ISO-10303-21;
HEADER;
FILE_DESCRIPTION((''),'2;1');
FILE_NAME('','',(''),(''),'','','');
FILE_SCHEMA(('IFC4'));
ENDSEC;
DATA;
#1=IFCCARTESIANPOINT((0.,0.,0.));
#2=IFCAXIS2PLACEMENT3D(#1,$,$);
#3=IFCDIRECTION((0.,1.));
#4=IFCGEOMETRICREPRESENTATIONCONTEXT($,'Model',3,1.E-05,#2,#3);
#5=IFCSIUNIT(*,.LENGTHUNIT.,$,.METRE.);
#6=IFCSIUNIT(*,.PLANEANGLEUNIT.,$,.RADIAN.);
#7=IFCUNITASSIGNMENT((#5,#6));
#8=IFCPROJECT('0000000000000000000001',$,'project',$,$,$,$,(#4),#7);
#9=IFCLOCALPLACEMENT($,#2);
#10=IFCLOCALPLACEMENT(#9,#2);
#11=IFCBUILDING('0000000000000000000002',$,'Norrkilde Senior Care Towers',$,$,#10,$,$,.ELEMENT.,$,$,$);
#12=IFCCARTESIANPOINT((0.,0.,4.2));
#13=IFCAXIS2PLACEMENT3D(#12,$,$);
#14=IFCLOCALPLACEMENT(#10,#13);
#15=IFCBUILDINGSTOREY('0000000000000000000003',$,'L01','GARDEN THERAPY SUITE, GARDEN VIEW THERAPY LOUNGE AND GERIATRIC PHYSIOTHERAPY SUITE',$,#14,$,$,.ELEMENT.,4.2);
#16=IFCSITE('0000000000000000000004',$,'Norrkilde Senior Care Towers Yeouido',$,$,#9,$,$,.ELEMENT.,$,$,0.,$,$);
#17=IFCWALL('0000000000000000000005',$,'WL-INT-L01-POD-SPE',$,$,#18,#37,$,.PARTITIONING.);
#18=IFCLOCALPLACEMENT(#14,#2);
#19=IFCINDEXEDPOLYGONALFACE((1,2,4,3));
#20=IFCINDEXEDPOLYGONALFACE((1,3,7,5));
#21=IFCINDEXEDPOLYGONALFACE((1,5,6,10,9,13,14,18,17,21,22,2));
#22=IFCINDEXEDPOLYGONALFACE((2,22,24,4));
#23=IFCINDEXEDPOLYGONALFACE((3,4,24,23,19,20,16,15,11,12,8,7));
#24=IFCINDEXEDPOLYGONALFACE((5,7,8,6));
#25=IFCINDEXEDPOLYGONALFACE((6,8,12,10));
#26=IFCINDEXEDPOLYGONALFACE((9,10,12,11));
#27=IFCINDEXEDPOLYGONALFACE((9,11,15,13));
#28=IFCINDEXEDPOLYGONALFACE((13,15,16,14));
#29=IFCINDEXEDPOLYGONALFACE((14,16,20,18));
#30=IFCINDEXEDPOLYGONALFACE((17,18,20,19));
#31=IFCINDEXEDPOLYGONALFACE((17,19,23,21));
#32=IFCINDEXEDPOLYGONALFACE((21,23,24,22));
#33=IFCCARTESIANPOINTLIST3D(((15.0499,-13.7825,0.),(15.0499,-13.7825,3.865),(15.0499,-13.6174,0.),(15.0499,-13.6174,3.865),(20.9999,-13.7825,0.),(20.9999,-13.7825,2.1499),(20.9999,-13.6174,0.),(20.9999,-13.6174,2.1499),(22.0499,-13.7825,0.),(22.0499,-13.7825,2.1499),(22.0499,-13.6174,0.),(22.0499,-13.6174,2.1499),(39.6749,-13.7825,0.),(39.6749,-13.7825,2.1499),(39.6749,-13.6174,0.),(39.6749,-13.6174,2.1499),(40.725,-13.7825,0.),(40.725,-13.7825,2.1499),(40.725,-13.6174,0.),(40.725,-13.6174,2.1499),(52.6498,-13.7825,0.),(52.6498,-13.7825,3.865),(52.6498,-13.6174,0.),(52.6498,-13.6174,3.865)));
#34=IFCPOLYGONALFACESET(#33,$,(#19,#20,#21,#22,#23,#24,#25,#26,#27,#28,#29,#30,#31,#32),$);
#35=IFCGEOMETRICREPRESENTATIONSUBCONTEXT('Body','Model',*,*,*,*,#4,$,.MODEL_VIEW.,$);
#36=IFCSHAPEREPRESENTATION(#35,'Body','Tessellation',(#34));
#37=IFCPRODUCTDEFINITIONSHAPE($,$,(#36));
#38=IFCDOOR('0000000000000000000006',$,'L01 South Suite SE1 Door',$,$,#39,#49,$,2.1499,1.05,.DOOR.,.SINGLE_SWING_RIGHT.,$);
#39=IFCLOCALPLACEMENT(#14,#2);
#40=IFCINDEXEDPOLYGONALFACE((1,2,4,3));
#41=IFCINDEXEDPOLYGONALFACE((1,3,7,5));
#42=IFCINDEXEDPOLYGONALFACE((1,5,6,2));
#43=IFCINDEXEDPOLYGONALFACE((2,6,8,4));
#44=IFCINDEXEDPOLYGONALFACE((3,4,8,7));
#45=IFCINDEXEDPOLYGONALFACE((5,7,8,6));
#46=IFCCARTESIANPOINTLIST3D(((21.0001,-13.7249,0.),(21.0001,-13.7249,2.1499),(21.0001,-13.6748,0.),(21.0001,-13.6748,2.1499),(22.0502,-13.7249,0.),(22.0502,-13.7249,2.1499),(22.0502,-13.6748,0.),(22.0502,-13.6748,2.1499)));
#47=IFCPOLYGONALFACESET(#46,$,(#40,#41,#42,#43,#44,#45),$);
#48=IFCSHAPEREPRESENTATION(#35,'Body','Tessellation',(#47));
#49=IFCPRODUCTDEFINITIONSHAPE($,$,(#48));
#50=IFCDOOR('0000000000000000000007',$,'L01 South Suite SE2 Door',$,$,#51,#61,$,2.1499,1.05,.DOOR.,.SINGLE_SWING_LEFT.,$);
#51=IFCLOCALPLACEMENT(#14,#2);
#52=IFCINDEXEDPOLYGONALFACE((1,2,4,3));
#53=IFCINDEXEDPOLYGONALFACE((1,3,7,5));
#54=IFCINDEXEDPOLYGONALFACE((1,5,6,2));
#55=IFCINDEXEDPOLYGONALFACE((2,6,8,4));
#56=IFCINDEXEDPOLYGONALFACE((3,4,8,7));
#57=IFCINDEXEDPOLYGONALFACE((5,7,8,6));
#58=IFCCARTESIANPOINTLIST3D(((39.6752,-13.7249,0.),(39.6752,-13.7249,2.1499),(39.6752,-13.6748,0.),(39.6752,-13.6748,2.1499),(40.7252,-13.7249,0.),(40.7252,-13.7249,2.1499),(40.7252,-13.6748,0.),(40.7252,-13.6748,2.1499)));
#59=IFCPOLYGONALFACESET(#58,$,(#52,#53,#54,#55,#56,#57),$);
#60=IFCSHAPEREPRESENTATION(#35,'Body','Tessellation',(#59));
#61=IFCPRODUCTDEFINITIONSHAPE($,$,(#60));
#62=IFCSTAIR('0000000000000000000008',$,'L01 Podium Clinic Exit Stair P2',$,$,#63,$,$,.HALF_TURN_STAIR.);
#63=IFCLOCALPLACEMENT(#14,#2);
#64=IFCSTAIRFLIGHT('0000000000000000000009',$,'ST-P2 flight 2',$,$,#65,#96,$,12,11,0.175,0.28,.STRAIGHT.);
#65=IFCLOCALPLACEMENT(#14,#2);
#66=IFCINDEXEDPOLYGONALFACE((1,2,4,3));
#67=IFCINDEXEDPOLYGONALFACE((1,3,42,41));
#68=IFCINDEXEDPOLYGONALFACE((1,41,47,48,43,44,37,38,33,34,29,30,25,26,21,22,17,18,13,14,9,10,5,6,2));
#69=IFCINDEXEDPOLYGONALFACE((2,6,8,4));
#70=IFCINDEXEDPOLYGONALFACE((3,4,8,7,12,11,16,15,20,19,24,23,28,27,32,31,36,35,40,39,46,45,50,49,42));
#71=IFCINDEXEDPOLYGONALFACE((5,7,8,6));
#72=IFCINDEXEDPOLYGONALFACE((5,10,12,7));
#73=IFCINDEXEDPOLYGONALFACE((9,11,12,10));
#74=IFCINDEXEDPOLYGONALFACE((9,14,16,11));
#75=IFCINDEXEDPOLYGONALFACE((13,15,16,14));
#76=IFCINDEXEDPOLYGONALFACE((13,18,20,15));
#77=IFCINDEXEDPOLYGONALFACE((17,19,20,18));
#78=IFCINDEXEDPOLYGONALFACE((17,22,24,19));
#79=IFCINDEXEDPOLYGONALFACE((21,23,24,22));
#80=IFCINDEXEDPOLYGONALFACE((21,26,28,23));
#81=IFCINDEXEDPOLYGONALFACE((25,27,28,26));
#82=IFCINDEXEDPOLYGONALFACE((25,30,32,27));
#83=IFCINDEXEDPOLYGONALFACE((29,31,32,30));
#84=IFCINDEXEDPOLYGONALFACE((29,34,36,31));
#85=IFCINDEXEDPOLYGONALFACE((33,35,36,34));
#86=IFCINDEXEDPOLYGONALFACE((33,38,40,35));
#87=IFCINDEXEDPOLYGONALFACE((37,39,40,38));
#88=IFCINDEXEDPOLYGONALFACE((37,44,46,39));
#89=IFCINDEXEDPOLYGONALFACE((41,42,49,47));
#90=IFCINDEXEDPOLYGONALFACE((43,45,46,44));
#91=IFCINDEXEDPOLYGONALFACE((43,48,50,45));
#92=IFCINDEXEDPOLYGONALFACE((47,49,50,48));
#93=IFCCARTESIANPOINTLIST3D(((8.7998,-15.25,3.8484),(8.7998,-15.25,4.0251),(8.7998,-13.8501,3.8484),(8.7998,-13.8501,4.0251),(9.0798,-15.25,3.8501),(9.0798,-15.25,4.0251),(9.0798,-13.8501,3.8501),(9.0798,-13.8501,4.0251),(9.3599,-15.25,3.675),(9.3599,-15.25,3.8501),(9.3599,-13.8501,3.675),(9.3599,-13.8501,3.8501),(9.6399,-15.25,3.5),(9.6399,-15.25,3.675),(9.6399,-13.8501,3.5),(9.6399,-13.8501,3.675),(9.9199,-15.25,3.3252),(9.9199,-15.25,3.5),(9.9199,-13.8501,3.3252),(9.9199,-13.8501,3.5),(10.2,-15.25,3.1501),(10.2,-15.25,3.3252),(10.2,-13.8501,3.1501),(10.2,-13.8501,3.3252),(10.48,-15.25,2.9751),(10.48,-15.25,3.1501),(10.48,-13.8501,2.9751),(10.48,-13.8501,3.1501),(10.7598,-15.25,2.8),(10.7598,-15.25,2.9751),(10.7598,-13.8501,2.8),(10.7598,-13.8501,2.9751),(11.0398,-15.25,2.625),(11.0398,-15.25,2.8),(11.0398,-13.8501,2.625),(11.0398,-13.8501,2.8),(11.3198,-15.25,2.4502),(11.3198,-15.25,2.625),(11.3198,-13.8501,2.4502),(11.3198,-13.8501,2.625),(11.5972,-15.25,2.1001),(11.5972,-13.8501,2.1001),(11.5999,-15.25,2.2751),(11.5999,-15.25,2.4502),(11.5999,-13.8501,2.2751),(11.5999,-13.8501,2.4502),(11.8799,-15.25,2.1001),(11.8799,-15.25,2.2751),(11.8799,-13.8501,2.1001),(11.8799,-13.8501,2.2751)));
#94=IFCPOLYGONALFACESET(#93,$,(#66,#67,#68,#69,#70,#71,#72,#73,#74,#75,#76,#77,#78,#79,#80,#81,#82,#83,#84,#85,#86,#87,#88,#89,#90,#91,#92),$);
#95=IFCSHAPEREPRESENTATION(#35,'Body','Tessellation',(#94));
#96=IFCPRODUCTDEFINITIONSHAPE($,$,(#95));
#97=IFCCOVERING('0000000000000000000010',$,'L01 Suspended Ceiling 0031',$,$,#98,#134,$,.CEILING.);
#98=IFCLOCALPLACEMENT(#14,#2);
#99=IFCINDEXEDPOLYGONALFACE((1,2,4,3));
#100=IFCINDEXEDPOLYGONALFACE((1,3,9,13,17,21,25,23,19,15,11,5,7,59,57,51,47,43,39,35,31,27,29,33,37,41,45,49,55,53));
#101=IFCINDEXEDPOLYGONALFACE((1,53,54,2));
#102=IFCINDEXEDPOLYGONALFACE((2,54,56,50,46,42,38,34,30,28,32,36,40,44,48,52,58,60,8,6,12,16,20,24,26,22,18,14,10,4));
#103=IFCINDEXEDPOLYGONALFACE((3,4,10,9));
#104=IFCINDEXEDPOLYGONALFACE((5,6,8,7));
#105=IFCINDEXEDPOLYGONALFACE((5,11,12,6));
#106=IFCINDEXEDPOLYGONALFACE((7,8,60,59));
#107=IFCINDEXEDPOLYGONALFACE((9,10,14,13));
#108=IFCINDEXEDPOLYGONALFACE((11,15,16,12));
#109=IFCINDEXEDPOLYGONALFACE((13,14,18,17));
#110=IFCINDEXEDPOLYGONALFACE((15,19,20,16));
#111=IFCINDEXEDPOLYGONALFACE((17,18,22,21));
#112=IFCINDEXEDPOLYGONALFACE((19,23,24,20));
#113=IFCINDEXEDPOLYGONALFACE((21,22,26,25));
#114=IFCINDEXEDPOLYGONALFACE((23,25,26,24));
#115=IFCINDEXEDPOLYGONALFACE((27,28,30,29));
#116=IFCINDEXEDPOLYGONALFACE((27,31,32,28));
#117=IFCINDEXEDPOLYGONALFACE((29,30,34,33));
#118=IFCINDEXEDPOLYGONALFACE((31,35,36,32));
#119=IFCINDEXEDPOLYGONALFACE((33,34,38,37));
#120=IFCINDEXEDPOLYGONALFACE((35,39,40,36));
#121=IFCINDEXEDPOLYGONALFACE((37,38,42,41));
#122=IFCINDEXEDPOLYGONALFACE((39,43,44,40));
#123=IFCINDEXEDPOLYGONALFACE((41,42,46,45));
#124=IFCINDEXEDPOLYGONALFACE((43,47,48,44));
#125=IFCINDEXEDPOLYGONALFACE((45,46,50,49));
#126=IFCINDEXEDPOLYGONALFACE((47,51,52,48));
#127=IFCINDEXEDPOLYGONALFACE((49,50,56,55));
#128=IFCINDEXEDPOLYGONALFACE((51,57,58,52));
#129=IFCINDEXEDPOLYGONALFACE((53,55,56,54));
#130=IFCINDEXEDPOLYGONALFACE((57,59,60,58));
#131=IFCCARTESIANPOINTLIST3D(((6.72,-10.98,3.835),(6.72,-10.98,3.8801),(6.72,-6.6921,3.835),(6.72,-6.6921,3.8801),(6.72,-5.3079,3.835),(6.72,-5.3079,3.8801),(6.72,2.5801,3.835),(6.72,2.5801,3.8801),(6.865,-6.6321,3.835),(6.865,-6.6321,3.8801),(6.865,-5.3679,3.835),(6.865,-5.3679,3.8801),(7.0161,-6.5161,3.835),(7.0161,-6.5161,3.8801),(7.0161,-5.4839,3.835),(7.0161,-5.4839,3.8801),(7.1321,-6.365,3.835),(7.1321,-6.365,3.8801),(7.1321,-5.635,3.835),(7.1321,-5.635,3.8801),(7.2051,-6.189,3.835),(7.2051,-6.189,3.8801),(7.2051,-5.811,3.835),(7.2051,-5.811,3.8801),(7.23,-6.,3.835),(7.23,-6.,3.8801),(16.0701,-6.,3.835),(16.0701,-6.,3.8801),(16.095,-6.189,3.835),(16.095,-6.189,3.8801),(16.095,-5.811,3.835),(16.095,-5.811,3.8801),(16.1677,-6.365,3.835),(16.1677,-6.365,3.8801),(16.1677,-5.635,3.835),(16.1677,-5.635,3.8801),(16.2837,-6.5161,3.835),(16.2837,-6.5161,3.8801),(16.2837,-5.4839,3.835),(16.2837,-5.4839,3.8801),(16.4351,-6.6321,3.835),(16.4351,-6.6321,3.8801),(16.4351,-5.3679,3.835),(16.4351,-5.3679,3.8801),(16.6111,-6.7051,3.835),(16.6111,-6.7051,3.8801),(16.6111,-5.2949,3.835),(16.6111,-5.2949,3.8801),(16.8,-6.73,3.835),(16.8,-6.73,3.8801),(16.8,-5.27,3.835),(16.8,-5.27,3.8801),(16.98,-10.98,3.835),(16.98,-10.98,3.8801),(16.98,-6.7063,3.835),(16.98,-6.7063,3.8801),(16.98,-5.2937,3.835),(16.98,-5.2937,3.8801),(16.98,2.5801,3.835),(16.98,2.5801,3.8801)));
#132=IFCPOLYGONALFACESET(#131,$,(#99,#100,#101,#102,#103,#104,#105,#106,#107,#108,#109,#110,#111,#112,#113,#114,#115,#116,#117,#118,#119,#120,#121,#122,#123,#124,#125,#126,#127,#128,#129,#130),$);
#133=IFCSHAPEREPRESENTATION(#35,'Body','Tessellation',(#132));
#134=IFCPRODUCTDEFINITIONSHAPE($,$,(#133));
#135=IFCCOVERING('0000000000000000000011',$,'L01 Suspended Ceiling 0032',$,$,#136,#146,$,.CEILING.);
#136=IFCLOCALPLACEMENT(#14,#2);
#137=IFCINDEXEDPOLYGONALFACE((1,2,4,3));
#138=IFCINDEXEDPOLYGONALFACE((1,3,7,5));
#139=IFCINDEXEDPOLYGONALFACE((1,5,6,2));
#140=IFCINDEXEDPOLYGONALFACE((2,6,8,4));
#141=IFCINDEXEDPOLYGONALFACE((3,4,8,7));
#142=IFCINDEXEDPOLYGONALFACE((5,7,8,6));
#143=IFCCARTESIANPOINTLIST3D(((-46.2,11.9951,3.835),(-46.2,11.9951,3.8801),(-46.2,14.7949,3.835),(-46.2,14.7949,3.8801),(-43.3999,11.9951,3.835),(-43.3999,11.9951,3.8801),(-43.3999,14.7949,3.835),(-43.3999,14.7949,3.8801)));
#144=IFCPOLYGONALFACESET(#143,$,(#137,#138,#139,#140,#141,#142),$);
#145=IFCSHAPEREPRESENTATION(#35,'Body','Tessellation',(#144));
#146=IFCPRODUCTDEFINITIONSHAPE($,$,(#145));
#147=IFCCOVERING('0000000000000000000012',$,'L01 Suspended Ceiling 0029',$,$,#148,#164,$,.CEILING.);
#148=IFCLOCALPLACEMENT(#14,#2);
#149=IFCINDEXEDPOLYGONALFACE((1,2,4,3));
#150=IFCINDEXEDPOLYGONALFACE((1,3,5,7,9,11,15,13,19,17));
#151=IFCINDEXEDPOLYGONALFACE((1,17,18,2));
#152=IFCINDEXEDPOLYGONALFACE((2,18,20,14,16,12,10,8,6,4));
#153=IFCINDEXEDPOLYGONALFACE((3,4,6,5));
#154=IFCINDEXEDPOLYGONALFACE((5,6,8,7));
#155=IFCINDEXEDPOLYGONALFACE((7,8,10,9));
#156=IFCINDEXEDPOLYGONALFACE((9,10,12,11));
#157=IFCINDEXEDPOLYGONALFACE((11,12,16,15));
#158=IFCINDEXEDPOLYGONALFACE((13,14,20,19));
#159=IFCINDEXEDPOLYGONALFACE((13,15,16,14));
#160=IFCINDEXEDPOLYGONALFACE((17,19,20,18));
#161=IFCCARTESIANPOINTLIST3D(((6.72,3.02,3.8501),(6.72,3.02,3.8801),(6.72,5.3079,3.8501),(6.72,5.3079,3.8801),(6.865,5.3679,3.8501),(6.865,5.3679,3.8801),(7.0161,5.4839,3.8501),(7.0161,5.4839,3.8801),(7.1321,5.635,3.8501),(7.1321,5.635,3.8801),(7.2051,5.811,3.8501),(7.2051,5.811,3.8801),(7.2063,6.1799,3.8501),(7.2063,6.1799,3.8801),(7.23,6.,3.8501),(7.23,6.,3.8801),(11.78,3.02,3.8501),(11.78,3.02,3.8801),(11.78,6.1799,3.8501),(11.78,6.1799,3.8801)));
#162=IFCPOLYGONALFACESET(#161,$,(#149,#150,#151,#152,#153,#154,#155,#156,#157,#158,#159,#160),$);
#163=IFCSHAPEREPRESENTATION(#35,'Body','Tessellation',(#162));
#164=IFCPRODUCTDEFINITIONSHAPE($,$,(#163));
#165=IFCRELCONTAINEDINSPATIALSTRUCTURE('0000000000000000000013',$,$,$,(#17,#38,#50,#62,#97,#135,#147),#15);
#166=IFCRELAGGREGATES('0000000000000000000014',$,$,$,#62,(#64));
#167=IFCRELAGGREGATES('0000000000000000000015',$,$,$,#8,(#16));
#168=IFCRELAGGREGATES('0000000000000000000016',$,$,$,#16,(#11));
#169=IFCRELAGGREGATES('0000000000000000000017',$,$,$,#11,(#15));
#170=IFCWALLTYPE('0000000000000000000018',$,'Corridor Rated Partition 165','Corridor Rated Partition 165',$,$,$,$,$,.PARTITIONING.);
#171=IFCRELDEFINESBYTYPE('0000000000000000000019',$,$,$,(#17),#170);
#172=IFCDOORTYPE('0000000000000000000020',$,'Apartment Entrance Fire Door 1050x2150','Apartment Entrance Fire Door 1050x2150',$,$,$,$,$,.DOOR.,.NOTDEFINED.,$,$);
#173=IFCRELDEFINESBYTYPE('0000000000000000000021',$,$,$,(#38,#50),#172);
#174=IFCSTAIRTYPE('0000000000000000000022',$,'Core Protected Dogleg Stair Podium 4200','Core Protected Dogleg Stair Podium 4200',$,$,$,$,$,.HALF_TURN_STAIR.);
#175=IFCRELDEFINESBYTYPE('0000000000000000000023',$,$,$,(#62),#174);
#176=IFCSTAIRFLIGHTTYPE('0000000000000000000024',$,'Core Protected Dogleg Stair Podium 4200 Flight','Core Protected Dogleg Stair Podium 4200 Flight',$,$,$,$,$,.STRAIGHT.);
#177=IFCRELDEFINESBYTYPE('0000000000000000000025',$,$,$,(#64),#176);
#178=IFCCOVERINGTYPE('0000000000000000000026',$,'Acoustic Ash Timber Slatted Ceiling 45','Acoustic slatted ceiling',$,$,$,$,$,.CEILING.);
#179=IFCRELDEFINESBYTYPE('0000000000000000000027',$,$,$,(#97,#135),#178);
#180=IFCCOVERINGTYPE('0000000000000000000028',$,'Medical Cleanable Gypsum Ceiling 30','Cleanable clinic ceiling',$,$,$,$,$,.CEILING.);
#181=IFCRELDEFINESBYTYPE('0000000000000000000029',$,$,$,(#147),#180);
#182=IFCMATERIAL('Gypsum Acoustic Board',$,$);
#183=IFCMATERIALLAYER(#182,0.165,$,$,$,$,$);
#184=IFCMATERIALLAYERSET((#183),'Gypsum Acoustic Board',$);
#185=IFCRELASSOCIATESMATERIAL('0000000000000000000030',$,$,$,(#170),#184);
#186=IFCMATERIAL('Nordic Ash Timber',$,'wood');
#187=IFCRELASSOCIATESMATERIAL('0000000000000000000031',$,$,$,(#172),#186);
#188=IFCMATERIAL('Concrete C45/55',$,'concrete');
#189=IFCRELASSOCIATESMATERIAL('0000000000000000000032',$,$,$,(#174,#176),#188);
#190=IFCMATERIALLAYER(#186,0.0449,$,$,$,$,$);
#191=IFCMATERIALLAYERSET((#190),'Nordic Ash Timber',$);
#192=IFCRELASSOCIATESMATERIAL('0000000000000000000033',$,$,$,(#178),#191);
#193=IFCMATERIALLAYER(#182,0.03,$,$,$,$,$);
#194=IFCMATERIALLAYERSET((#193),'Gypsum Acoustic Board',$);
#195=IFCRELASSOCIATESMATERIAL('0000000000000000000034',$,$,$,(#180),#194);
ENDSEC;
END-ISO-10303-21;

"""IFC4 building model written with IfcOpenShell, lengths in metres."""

from ifc_helpers import new_model, si_unit, direction, frame, frame_2d, origin, place, context, subcontext, project, spatial, polyline, rectangle, outline, extrude, source, transform, mapped, material, layer, layer_set, type_object, type_shapes, element, fill, aggregate, save


model = new_model("IFC4")

# Units and contexts
model_context = context("Model", 3, precision=1e-05, world=origin(), true_north=direction((0.0, 1.0)))
body_context = subcontext(model_context, "Body", "Model", "MODEL_VIEW")
ifc_project = project(units=[si_unit("LENGTHUNIT", "METRE"), si_unit("PLANEANGLEUNIT", "RADIAN")], contexts=[model_context])

# Site, building, storey
site_placement = place(None, origin())
site = spatial("IfcSite", under=ifc_project, at=site_placement, Name="Norrkilde Senior Care Towers Yeouido", CompositionType="ELEMENT", RefElevation=0.0)
building_placement = place(site_placement, origin())
building = spatial("IfcBuilding", under=site, at=building_placement, Name="Norrkilde Senior Care Towers", CompositionType="ELEMENT")
storey_placement = place(building_placement, frame((0.0, 0.0, 4.2)))
storey = spatial("IfcBuildingStorey", under=building, at=storey_placement, Name="L01", Description="GARDEN THERAPY SUITE, GARDEN VIEW THERAPY LOUNGE AND GERIATRIC PHYSIOTHERAPY SUITE", CompositionType="ELEMENT", Elevation=4.2)

# Shared definitions
ifc_material_1 = material(Name="Gypsum Acoustic Board")

# Shared definitions
ifc_material_2 = material(Name="Concrete C45/55", Category="concrete")

# Wall, openings, doors
ifc_layer_1 = layer(ifc_material_1, 0.165)
ifc_layer_set_1 = layer_set([ifc_layer_1], Name="Gypsum Acoustic Board")
wall_type_1 = type_object("IfcWallType", Name="Corridor Rated Partition 165", Description="Corridor Rated Partition 165", PredefinedType="PARTITIONING", material=ifc_layer_set_1)
shared_shape_1 = source(origin(), body_context, "Body", "SweptSolid", [
    extrude(rectangle(XDim=37.5999, YDim=0.165, at=frame_2d((18.7998, 0.0))), origin(), (0.0, 0.0, 1.0), 3.865),
])
type_shapes(wall_type_1, [shared_shape_1])
wall_1_placement = place(storey_placement, frame((15.05, -13.7, 0.0), z_axis=(0.0, 0.0, 1.0), x_axis=(1.0, 0.0, 0.0)))
wall_1 = element("IfcWall", 1, at=wall_1_placement, inside=storey, type_object=wall_type_1, Name="WL-INT-L01-POD-SPE", PredefinedType="PARTITIONING", context=body_context, shape_type="MappedRepresentation", body=[
    mapped(shared_shape_1, transform((0.0, 0.0, 0.0), x_axis=(1.0, 0.0, 0.0), y_axis=(0.0, 1.0, 0.0), z_axis=(0.0, 0.0, 1.0), scale=1.0)),
])
opening_1_placement = place(wall_1_placement, frame((5.95, 0.0, 0.0)))
opening_1 = element("IfcOpeningElement", 2, at=opening_1_placement, cuts=wall_1, PredefinedType="OPENING", context=body_context, shape_type="SweptSolid", body=[
    extrude(rectangle(XDim=1.05, YDim=2.1499, at=frame_2d((0.5249, 1.075))), frame((0.0, 0.0925, 0.0), z_axis=(0.0, -1.0, 0.0), x_axis=(1.0, 0.0, 0.0)), (0.0, 0.0, 1.0), 0.1851),
])
opening_2_placement = place(wall_1_placement, frame((24.625, 0.0, 0.0)))
opening_2 = element("IfcOpeningElement", 3, at=opening_2_placement, cuts=wall_1, PredefinedType="OPENING", context=body_context, shape_type="SweptSolid", body=[
    extrude(rectangle(XDim=1.05, YDim=2.1499, at=frame_2d((0.5249, 1.075))), frame((0.0, 0.0925, 0.0), z_axis=(0.0, -1.0, 0.0), x_axis=(1.0, 0.0, 0.0)), (0.0, 0.0, 1.0), 0.1851),
])
ifc_material_3 = material(Name="Nordic Ash Timber", Category="wood")
door_type_1 = type_object("IfcDoorType", Name="Apartment Entrance Fire Door 1050x2150", Description="Apartment Entrance Fire Door 1050x2150", OperationType="NOTDEFINED", PredefinedType="DOOR", material=ifc_material_3)
shared_shape_2 = source(origin(), body_context, "Body", "SweptSolid", [
    extrude(rectangle(XDim=1.05, YDim=2.1499, at=frame_2d((0.5249, 1.075))), frame((0.0, 0.0249, 0.0), z_axis=(0.0, -1.0, 0.0), x_axis=(1.0, 0.0, 0.0)), (0.0, 0.0, 1.0), 0.05),
])
type_shapes(door_type_1, [shared_shape_2])
door_1_placement = place(opening_1_placement, frame((1.05, 0.0, 0.0), z_axis=(0.0, 0.0, 1.0), x_axis=(-1.0, 0.0, 0.0)))
door_1 = element("IfcDoor", 4, at=door_1_placement, inside=storey, type_object=door_type_1, Name="L01 South Suite SE1 Door", OperationType="SINGLE_SWING_RIGHT", OverallHeight=2.1499, OverallWidth=1.05, PredefinedType="DOOR", context=body_context, shape_type="MappedRepresentation", body=[
    mapped(shared_shape_2, transform((0.0, 0.0, 0.0), x_axis=(1.0, 0.0, 0.0), y_axis=(0.0, 1.0, 0.0), z_axis=(0.0, 0.0, 1.0), scale=1.0)),
])
fill(opening_1, door_1)
door_2_placement = place(opening_2_placement, frame((1.05, 0.0, 0.0), z_axis=(0.0, 0.0, 1.0), x_axis=(-1.0, 0.0, 0.0)))
door_2 = element("IfcDoor", 5, at=door_2_placement, inside=storey, type_object=door_type_1, Name="L01 South Suite SE2 Door", OperationType="SINGLE_SWING_LEFT", OverallHeight=2.1499, OverallWidth=1.05, PredefinedType="DOOR", context=body_context, shape_type="MappedRepresentation", body=[
    mapped(shared_shape_2, transform((0.0, 0.0, 0.0), x_axis=(1.0, 0.0, 0.0), y_axis=(0.0, 1.0, 0.0), z_axis=(0.0, 0.0, 1.0), scale=1.0)),
])
fill(opening_2, door_2)

# Stair, stair flight
stair_type = type_object("IfcStairType", Name="Core Protected Dogleg Stair Podium 4200", Description="Core Protected Dogleg Stair Podium 4200", PredefinedType="HALF_TURN_STAIR", material=ifc_material_2)
stair_placement = place(storey_placement, origin())
stair = element("IfcStair", 6, at=stair_placement, inside=storey, type_object=stair_type, Name="L01 Podium Clinic Exit Stair P2", PredefinedType="HALF_TURN_STAIR")
stair_flight_type = type_object("IfcStairFlightType", Name="Core Protected Dogleg Stair Podium 4200 Flight", Description="Core Protected Dogleg Stair Podium 4200 Flight", PredefinedType="STRAIGHT", material=ifc_material_2)
stair_flight_placement = place(storey_placement, frame((11.8799, -14.55, 2.1001), z_axis=(0.0, 0.0, 1.0), x_axis=(-1.0, 0.0, 0.0)))
stair_flight = element("IfcStairFlight", 7, at=stair_flight_placement, type_object=stair_flight_type, Name="ST-P2 flight 2", NumberOfRisers=12, NumberOfTreads=11, PredefinedType="STRAIGHT", RiserHeight=0.175, TreadLength=0.28, context=body_context, shape_type="SweptSolid", body=[
    extrude(outline(polyline([(0.0, 0.0), (0.0, 0.175), (0.28, 0.175), (0.28, 0.3501), (0.5601, 0.3501), (0.5601, 0.5249), (0.8401, 0.5249), (0.8401, 0.7), (1.1201, 0.7), (1.1201, 0.875), (1.3999, 0.875), (1.3999, 1.05), (1.6799, 1.05), (1.6799, 1.2251), (1.96, 1.2251), (1.96, 1.3999), (2.24, 1.3999), (2.24, 1.575), (2.52, 1.575), (2.52, 1.75), (2.8, 1.75), (2.8, 1.925), (3.0801, 1.925), (3.0801, 2.1001), (3.0801, 1.7483), (0.2827, 0.0), (0.0, 0.0)])), frame((0.0, 0.7, 0.0), z_axis=(0.0, -1.0, 0.0), x_axis=(1.0, 0.0, 0.0)), (0.0, 0.0, 1.0), 1.3999),
])
aggregate(stair, [stair_flight])

# Coverings
ifc_layer_2 = layer(ifc_material_3, 0.0449)
ifc_layer_set_2 = layer_set([ifc_layer_2], Name="Nordic Ash Timber")
covering_type_1 = type_object("IfcCoveringType", Name="Acoustic Ash Timber Slatted Ceiling 45", Description="Acoustic slatted ceiling", PredefinedType="CEILING", material=ifc_layer_set_2)
covering_1_placement = place(storey_placement, frame((0.0, 0.0, 3.835)))
element("IfcCovering", 8, at=covering_1_placement, inside=storey, type_object=covering_type_1, Name="L01 Suspended Ceiling 0031", PredefinedType="CEILING", context=body_context, shape_type="SweptSolid", body=[
    extrude(outline(polyline([(6.72, -10.98), (6.72, -6.6921), (6.865, -6.6321), (7.0161, -6.5161), (7.1321, -6.365), (7.2051, -6.189), (7.23, -6.0), (7.2051, -5.811), (7.1321, -5.635), (7.0161, -5.4839), (6.865, -5.3679), (6.72, -5.3079), (6.72, 2.5801), (16.98, 2.5801), (16.98, -5.2937), (16.8, -5.27), (16.6111, -5.2949), (16.4351, -5.3679), (16.2837, -5.4839), (16.1677, -5.635), (16.095, -5.811), (16.0701, -6.0), (16.095, -6.189), (16.1677, -6.365), (16.2837, -6.5161), (16.4351, -6.6321), (16.6111, -6.7051), (16.8, -6.73), (16.98, -6.7063), (16.98, -10.98), (6.72, -10.98)])), origin(), (0.0, 0.0, 1.0), 0.0452),
])
covering_2_placement = place(storey_placement, frame((0.0, 0.0, 3.835)))
element("IfcCovering", 9, at=covering_2_placement, inside=storey, type_object=covering_type_1, Name="L01 Suspended Ceiling 0032", PredefinedType="CEILING", context=body_context, shape_type="SweptSolid", body=[
    extrude(outline(polyline([(-46.2, 11.9951), (-46.2, 14.7949), (-43.3999, 14.7949), (-43.3999, 11.9951), (-46.2, 11.9951)])), origin(), (0.0, 0.0, 1.0), 0.0452),
])
ifc_layer_3 = layer(ifc_material_1, 0.03)
ifc_layer_set_3 = layer_set([ifc_layer_3], Name="Gypsum Acoustic Board")
covering_type_2 = type_object("IfcCoveringType", Name="Medical Cleanable Gypsum Ceiling 30", Description="Cleanable clinic ceiling", PredefinedType="CEILING", material=ifc_layer_set_3)
covering_3_placement = place(storey_placement, frame((0.0, 0.0, 3.8501)))
element("IfcCovering", 10, at=covering_3_placement, inside=storey, type_object=covering_type_2, Name="L01 Suspended Ceiling 0029", PredefinedType="CEILING", context=body_context, shape_type="SweptSolid", body=[
    extrude(outline(polyline([(11.78, 3.02), (6.72, 3.02), (6.72, 5.3079), (6.865, 5.3679), (7.0161, 5.4839), (7.1321, 5.635), (7.2051, 5.811), (7.23, 6.0), (7.2063, 6.1799), (11.78, 6.1799), (11.78, 3.02)])), origin(), (0.0, 0.0, 1.0), 0.03),
])

save(model, "model.ifc")
